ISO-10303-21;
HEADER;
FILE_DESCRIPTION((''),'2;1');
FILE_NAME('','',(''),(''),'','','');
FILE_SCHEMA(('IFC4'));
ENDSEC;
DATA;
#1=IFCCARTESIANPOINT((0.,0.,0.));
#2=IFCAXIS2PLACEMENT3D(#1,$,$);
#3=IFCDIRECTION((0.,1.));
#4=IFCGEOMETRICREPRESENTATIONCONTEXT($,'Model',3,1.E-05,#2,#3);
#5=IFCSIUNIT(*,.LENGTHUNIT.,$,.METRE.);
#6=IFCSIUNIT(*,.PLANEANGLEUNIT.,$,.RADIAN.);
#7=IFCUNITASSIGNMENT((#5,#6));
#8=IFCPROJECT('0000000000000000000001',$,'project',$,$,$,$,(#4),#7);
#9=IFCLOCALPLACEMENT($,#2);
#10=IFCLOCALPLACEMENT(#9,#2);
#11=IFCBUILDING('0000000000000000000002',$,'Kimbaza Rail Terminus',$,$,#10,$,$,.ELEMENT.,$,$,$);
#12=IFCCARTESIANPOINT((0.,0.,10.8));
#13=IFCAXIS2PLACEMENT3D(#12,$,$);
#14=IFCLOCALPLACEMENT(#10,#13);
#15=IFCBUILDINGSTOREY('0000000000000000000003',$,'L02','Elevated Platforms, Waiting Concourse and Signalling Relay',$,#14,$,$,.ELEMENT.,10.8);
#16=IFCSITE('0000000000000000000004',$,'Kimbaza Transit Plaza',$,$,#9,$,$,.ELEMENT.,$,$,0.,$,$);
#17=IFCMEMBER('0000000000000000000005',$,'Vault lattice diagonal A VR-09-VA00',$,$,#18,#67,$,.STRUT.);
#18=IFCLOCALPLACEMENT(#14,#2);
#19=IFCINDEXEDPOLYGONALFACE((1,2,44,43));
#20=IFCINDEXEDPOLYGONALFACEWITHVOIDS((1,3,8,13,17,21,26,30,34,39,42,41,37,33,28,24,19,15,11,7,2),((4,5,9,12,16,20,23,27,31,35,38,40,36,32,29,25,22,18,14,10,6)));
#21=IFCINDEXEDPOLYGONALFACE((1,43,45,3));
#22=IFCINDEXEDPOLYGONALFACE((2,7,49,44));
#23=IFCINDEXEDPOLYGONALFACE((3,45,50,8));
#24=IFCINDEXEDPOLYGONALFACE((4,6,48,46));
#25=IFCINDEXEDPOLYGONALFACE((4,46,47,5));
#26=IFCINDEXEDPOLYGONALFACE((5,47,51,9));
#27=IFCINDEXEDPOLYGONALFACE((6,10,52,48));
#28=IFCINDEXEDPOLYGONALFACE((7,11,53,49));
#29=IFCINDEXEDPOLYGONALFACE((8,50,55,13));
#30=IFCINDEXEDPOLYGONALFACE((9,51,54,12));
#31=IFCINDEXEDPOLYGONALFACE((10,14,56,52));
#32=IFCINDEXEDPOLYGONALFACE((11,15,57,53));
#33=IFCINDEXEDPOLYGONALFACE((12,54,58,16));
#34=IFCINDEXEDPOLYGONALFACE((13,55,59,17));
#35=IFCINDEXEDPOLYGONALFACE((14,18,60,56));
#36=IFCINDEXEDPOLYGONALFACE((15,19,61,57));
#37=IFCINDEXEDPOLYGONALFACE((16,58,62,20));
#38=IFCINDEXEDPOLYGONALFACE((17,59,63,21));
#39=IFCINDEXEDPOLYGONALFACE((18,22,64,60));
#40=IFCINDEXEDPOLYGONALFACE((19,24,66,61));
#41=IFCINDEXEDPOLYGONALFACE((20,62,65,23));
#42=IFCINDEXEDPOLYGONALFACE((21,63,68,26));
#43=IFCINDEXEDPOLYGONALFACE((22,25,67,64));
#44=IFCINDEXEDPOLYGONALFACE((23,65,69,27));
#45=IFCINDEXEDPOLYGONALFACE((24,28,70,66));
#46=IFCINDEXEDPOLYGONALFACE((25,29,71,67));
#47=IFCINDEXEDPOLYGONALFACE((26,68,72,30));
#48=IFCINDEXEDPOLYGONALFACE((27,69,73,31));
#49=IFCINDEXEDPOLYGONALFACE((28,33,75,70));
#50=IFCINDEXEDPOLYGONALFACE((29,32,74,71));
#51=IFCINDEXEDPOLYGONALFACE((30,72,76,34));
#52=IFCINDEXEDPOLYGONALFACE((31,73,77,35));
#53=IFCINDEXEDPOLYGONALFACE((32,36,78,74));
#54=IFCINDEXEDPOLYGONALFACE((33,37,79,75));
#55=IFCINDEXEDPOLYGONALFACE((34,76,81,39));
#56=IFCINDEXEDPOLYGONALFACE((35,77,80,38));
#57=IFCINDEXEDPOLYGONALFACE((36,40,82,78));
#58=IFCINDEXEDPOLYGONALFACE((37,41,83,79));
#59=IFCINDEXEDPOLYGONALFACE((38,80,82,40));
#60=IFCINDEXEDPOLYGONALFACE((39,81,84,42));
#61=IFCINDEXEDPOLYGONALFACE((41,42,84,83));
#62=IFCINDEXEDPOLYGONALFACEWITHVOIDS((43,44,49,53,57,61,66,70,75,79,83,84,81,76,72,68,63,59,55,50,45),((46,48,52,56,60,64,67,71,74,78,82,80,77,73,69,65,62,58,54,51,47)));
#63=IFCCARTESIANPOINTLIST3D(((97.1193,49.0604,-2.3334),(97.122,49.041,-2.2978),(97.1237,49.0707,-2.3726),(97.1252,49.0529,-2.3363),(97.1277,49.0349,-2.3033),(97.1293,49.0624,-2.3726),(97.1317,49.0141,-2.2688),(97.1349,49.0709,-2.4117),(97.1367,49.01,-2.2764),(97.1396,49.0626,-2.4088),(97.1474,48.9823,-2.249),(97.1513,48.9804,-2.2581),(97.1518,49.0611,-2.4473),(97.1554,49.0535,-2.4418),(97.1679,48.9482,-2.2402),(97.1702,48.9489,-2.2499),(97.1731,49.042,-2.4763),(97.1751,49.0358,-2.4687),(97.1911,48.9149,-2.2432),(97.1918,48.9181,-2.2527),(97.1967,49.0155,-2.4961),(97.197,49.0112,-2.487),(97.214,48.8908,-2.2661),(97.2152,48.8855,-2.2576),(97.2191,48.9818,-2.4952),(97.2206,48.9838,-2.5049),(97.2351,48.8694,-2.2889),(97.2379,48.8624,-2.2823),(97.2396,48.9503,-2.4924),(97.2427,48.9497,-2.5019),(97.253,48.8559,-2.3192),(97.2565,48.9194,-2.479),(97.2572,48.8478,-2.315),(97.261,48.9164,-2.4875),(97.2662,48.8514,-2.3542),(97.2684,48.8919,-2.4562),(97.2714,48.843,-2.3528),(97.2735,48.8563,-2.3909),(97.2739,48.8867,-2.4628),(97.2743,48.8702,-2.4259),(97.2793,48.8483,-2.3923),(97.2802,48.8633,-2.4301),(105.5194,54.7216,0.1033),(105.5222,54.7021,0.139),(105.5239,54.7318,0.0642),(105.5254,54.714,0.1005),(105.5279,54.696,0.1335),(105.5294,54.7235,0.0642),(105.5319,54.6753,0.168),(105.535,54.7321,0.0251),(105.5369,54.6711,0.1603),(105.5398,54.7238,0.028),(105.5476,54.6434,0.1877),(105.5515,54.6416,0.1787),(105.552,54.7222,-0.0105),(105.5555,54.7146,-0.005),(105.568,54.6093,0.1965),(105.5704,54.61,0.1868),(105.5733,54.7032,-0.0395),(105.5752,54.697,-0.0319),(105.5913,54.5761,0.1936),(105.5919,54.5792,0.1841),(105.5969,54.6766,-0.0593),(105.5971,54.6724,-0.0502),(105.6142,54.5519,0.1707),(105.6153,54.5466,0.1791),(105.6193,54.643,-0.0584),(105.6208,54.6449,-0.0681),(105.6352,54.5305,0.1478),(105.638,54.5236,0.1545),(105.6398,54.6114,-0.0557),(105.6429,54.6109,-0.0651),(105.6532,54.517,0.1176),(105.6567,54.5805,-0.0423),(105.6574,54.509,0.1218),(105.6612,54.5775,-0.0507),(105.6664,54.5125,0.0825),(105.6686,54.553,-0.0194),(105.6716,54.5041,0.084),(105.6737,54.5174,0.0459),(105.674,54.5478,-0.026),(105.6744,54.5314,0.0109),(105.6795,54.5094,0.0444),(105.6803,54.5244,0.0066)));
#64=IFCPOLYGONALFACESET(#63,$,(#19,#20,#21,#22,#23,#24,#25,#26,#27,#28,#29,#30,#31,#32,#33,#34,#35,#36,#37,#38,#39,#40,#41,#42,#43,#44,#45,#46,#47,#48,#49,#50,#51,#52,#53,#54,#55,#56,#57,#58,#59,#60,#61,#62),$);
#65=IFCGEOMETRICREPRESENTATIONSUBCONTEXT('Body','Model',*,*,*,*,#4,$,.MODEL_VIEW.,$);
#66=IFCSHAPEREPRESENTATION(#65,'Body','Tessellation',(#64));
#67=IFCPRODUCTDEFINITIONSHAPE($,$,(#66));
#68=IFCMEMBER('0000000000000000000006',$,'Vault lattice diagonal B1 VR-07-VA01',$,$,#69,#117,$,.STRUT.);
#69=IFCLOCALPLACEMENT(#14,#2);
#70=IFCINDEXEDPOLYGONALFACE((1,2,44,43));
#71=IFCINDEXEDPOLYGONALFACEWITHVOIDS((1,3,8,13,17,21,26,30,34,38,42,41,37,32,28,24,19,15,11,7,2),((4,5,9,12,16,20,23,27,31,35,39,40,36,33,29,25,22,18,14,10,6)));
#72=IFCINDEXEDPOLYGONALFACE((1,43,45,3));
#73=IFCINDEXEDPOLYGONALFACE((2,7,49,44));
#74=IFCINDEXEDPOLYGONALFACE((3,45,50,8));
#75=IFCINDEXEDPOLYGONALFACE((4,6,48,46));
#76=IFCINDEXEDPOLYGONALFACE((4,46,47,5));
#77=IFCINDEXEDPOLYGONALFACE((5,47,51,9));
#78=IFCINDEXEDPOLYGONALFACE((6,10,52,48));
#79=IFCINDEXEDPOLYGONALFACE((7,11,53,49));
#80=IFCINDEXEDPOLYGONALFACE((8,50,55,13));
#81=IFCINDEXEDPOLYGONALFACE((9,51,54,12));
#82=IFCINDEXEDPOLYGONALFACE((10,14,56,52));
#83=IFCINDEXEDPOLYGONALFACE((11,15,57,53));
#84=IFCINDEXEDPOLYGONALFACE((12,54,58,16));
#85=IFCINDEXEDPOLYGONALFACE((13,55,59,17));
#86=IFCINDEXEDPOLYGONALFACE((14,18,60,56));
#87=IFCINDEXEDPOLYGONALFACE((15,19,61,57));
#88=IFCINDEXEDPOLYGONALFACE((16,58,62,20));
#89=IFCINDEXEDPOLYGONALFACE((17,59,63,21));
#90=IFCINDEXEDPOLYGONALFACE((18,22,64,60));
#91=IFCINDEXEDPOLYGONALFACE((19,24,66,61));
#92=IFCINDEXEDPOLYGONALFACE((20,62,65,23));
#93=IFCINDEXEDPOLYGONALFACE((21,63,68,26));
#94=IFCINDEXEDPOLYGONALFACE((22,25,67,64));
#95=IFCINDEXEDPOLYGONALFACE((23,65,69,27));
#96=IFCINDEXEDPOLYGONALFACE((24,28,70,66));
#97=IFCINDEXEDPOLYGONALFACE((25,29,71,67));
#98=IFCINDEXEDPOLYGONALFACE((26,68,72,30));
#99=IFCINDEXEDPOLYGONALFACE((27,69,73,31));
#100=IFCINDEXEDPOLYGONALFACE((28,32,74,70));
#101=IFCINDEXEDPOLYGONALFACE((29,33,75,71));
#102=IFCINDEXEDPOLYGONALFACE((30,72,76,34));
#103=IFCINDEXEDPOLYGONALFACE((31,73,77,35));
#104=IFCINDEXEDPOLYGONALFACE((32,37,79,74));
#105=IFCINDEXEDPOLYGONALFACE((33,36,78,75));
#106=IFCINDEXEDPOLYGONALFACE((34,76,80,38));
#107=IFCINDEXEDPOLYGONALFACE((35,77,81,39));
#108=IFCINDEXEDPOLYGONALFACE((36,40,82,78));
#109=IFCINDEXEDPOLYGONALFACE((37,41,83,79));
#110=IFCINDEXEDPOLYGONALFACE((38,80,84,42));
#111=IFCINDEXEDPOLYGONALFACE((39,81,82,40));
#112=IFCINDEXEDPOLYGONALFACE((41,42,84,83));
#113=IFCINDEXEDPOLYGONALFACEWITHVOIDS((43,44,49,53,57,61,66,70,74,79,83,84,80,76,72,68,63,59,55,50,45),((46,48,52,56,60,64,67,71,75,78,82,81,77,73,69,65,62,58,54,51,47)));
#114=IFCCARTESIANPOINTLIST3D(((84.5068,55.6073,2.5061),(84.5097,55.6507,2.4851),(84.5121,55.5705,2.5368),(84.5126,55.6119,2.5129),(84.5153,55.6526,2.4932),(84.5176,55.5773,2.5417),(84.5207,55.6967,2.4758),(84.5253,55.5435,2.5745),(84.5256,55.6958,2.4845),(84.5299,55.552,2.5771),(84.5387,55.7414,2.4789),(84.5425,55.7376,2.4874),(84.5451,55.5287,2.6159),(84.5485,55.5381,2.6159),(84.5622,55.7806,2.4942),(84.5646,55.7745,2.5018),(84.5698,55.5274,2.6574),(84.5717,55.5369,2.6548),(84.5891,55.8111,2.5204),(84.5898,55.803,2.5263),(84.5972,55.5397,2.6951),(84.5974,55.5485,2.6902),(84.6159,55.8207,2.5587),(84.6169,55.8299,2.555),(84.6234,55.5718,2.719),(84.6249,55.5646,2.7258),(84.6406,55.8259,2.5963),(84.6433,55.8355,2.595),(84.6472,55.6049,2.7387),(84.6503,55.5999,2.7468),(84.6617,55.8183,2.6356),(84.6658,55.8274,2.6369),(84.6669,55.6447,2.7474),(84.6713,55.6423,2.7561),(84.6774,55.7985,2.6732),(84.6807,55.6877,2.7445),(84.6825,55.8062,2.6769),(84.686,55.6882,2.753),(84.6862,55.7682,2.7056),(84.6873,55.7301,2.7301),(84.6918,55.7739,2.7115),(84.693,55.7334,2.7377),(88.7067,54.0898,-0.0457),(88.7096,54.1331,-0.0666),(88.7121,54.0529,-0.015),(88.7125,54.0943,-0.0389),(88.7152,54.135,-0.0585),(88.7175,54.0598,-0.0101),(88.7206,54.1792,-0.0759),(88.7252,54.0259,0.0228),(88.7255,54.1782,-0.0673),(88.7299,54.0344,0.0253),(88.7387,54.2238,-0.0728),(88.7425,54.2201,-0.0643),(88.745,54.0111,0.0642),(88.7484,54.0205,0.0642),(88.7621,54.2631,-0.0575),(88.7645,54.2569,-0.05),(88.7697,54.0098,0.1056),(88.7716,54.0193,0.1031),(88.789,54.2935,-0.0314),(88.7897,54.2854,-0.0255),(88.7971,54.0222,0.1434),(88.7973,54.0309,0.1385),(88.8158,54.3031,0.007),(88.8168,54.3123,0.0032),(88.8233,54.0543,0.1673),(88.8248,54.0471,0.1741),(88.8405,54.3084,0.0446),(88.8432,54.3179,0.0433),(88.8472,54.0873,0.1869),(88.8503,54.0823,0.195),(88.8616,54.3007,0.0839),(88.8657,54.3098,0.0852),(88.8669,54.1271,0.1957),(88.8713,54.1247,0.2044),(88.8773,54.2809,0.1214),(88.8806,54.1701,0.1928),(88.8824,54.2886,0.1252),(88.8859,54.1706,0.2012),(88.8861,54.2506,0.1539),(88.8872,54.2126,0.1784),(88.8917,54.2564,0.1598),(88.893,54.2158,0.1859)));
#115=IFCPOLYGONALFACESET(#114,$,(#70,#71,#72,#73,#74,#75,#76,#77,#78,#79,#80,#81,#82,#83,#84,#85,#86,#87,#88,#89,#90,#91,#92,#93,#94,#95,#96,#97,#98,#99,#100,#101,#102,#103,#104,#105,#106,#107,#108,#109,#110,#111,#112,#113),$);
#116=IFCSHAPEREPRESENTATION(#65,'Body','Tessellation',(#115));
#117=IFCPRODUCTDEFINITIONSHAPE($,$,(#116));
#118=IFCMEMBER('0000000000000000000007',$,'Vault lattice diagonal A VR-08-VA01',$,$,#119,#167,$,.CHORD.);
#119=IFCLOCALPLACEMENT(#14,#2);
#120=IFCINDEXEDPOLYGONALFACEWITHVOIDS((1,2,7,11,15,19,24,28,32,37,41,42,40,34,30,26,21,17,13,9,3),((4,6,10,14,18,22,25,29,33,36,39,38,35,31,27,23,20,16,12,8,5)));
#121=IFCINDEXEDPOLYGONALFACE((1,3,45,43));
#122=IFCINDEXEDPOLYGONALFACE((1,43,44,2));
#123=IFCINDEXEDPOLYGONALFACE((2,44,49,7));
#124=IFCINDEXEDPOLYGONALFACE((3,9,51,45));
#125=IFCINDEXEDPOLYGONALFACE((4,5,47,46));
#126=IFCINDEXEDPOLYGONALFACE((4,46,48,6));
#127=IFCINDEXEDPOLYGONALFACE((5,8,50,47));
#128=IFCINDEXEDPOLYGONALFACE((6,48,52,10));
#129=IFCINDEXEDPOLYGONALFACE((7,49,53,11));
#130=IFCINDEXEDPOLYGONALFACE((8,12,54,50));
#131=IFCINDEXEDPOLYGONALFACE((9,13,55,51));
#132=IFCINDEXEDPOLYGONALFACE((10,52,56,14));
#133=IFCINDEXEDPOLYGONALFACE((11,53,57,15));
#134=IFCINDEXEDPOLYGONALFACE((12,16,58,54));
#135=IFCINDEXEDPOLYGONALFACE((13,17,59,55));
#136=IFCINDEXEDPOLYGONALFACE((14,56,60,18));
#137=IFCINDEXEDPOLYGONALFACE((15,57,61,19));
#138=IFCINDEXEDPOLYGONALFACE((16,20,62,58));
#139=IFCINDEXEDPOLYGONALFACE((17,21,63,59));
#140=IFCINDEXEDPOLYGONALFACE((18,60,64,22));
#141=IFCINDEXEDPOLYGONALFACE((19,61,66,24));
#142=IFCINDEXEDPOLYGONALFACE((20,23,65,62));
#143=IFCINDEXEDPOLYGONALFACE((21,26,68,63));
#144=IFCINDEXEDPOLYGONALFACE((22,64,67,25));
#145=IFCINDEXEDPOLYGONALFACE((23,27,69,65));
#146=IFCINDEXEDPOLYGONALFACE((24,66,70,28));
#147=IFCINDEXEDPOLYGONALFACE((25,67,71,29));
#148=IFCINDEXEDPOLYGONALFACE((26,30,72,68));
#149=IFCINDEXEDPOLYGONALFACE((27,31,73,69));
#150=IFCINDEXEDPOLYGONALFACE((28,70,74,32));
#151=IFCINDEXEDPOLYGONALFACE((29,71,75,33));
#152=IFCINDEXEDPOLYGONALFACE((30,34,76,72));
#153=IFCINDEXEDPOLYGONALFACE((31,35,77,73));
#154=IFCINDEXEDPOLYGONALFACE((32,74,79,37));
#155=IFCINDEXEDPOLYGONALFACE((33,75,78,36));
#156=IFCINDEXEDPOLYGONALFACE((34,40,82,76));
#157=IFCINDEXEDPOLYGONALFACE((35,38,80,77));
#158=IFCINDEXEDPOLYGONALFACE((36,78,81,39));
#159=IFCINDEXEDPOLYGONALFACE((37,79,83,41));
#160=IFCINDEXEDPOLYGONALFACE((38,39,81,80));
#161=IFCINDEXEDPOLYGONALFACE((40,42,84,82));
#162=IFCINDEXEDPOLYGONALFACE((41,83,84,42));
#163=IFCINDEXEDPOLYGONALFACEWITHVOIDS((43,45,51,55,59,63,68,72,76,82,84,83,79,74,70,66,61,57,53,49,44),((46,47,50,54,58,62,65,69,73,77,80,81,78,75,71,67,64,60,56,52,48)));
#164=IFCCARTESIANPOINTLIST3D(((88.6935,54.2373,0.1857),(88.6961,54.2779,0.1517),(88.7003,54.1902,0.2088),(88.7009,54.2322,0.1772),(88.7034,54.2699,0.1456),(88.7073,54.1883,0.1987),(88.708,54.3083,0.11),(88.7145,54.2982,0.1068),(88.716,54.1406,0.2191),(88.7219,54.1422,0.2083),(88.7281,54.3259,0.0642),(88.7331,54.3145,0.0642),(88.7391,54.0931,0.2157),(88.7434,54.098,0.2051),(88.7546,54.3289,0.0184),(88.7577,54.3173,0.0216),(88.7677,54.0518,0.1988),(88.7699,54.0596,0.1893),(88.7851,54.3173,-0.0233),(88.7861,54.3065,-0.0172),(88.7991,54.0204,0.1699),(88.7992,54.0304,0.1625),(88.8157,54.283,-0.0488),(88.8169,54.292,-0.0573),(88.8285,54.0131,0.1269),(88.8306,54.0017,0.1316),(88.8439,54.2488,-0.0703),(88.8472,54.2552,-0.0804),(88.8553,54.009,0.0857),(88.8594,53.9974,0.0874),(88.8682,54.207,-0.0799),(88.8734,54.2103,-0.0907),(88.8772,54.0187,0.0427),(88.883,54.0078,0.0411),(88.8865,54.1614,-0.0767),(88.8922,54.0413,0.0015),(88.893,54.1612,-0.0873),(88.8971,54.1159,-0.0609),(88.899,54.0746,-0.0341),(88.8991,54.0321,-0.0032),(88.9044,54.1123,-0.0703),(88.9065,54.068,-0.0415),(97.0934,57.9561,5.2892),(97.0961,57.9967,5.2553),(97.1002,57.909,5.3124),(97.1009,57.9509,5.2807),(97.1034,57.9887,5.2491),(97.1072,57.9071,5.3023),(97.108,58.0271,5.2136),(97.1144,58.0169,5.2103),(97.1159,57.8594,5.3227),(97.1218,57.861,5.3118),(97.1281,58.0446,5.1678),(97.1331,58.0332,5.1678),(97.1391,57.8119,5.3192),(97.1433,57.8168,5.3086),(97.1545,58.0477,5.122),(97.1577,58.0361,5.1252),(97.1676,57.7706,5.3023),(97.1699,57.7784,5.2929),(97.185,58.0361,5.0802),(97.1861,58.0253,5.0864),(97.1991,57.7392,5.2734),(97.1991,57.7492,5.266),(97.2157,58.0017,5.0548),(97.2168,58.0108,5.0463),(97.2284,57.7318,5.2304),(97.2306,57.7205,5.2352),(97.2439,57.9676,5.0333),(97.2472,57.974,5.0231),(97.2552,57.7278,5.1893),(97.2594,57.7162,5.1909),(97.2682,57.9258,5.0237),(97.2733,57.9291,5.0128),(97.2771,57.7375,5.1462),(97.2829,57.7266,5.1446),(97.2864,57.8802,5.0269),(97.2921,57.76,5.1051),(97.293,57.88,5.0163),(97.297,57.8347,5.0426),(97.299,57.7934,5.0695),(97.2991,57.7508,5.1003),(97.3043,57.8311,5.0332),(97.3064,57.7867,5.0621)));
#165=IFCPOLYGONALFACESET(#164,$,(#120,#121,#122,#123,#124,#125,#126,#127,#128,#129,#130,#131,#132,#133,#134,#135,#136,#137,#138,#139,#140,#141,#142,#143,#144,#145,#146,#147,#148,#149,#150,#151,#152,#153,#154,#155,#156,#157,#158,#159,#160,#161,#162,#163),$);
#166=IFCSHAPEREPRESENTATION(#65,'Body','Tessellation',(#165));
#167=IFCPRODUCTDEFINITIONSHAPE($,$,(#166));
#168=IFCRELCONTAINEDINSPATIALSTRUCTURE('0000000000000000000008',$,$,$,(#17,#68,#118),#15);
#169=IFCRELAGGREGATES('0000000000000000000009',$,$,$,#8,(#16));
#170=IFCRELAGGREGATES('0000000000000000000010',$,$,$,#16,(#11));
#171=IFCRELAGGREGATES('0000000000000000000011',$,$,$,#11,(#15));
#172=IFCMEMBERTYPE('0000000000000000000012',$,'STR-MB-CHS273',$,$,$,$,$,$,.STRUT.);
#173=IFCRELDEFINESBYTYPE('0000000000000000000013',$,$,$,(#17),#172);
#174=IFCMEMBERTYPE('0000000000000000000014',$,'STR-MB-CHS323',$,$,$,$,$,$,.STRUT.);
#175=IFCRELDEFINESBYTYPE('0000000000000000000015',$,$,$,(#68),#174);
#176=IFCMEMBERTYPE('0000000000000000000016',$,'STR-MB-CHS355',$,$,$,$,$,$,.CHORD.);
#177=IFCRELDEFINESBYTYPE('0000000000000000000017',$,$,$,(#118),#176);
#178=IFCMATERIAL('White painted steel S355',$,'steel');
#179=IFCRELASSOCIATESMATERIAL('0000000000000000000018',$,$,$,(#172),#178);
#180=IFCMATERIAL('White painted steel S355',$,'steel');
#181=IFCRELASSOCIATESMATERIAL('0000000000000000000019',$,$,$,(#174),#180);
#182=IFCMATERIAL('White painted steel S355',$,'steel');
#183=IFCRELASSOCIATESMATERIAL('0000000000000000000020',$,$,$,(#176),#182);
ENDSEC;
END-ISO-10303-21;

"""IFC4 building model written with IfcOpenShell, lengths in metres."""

from ifc_helpers import new_model, si_unit, direction, frame, origin, origin_2d, place, context, subcontext, project, spatial, hollow_circle, extrude, material, material_profile, profile_set, type_object, element, save


model = new_model("IFC4")

# Units and contexts
model_context = context("Model", 3, precision=1e-05, world=origin(), true_north=direction((0.0, 1.0)))
body_context = subcontext(model_context, "Body", "Model", "MODEL_VIEW")
ifc_project = project(units=[si_unit("LENGTHUNIT", "METRE"), si_unit("PLANEANGLEUNIT", "RADIAN")], contexts=[model_context])

# Site, building, storey
site_placement = place(None, origin())
site = spatial("IfcSite", under=ifc_project, at=site_placement, Name="Kimbaza Transit Plaza", CompositionType="ELEMENT", RefElevation=0.0)
building_placement = place(site_placement, origin())
building = spatial("IfcBuilding", under=site, at=building_placement, Name="Kimbaza Rail Terminus", CompositionType="ELEMENT")
storey_placement = place(building_placement, frame((0.0, 0.0, 10.8)))
storey = spatial("IfcBuildingStorey", under=building, at=storey_placement, Name="L02", Description="Elevated Platforms, Waiting Concourse and Signalling Relay", CompositionType="ELEMENT", Elevation=10.8)

# Members
ifc_material_1 = material(Name="White painted steel S355", Category="steel")
ifc_material_profile_1 = material_profile(ifc_material_1, hollow_circle(Radius=0.1365, WallThickness=0.01, at=origin_2d()), Name="CHS 273x10")
ifc_profile_set_1 = profile_set([ifc_material_profile_1], Name="White painted steel S355")
member_type_1 = type_object("IfcMemberType", Name="STR-MB-CHS273", PredefinedType="STRUT", material=ifc_profile_set_1)
member_1_placement = place(storey_placement, frame((97.2, 48.9575, -2.3726), z_axis=(0.806259, 0.543364, 0.233885), x_axis=(-0.558865, 0.829259, 0.0)))
element("IfcMember", 1, at=member_1_placement, inside=storey, type_object=member_type_1, Name="Vault lattice diagonal A VR-09-VA00", PredefinedType="STRUT", context=body_context, shape_type="SweptSolid", body=[
    extrude(hollow_circle(Radius=0.1365, WallThickness=0.01, at=origin_2d()), origin(), (0.0, 0.0, 1.0), 10.4187),
])
ifc_material_2 = material(Name="White painted steel S355", Category="steel")
ifc_material_profile_2 = material_profile(ifc_material_2, hollow_circle(Radius=0.1619, WallThickness=0.01, at=origin_2d()), Name="CHS 323.9x10")
ifc_profile_set_2 = profile_set([ifc_material_profile_2], Name="White painted steel S355")
member_type_2 = type_object("IfcMemberType", Name="STR-MB-CHS323", PredefinedType="STRUT", material=ifc_profile_set_2)
member_2_placement = place(storey_placement, frame((88.8, 54.1633, 0.0642), z_axis=(-0.816578, 0.295056, 0.496127), x_axis=(-0.339829, -0.940487, 0.0)))
element("IfcMember", 2, at=member_2_placement, inside=storey, type_object=member_type_2, Name="Vault lattice diagonal B1 VR-07-VA01", PredefinedType="STRUT", context=body_context, shape_type="SweptSolid", body=[
    extrude(hollow_circle(Radius=0.1619, WallThickness=0.01, at=origin_2d()), origin(), (0.0, 0.0, 1.0), 5.1433),
])
ifc_material_3 = material(Name="White painted steel S355", Category="steel")
ifc_material_profile_3 = material_profile(ifc_material_3, hollow_circle(Radius=0.1777, WallThickness=0.0125, at=origin_2d()), Name="CHS 355.6x12.5")
ifc_profile_set_3 = profile_set([ifc_material_profile_3], Name="White painted steel S355")
member_type_3 = type_object("IfcMemberType", Name="STR-MB-CHS355", PredefinedType="CHORD", material=ifc_profile_set_3)
member_3_placement = place(storey_placement, frame((88.8, 54.1633, 0.0642), z_axis=(0.799326, 0.353873, 0.485645), x_axis=(-0.404816, 0.914398, 0.0)))
element("IfcMember", 3, at=member_3_placement, inside=storey, type_object=member_type_3, Name="Vault lattice diagonal A VR-08-VA01", PredefinedType="CHORD", context=body_context, shape_type="SweptSolid", body=[
    extrude(hollow_circle(Radius=0.1777, WallThickness=0.0125, at=origin_2d()), origin(), (0.0, 0.0, 1.0), 10.5088),
])

save(model, "model.ifc")
